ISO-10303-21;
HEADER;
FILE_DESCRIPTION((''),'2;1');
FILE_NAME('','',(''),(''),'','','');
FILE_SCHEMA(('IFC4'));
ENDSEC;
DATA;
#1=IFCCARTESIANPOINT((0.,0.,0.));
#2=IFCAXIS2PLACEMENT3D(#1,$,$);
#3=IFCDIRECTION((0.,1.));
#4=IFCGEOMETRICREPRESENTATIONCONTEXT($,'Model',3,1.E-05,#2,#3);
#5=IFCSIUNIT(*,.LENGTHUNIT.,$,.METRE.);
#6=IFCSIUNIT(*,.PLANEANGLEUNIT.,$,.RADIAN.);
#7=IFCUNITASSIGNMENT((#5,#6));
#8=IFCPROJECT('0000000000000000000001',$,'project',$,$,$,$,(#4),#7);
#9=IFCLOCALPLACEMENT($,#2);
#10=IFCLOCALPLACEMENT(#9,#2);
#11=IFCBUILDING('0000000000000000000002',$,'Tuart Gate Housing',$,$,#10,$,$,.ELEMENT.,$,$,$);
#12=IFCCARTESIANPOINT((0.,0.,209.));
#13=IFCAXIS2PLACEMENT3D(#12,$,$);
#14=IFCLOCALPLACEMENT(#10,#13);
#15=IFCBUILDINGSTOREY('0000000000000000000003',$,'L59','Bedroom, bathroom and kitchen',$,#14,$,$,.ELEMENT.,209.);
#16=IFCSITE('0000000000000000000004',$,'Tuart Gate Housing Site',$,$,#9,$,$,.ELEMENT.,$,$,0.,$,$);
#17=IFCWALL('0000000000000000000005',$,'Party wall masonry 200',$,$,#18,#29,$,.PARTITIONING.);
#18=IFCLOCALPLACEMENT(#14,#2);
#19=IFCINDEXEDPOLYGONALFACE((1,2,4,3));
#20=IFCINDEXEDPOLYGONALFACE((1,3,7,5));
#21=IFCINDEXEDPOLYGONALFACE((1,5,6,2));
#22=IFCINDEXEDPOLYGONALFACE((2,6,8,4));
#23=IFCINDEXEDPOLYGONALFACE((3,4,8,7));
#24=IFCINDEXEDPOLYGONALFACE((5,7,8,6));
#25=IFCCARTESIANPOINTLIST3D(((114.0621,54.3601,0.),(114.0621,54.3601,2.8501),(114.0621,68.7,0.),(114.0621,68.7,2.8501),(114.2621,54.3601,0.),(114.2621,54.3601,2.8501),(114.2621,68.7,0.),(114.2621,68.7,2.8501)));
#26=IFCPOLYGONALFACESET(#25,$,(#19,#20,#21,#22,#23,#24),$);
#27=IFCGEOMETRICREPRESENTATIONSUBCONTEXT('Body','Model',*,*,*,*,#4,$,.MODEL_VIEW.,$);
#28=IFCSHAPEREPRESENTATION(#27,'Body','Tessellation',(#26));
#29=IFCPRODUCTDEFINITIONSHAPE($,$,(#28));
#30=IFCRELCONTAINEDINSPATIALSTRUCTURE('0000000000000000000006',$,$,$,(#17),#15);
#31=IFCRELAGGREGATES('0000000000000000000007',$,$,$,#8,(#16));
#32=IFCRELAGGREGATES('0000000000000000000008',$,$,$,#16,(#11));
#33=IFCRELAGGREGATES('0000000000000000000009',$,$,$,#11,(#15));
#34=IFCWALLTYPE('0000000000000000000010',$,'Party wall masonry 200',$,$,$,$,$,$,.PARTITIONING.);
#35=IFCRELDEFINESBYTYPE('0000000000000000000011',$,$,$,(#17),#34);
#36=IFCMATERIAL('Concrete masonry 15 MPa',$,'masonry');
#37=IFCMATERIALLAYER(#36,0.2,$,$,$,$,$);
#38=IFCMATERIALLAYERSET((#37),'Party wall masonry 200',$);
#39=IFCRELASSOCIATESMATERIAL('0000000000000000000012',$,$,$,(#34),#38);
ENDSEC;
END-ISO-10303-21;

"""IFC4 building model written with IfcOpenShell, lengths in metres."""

from ifc_helpers import new_model, si_unit, direction, frame, frame_2d, origin, place, context, subcontext, project, spatial, rectangle, extrude, material, layer, layer_set, type_object, element, save


model = new_model("IFC4")

# Units and contexts
model_context = context("Model", 3, precision=1e-05, world=origin(), true_north=direction((0.0, 1.0)))
body_context = subcontext(model_context, "Body", "Model", "MODEL_VIEW")
ifc_project = project(units=[si_unit("LENGTHUNIT", "METRE"), si_unit("PLANEANGLEUNIT", "RADIAN")], contexts=[model_context])

# Site, building, storey
site_placement = place(None, origin())
site = spatial("IfcSite", under=ifc_project, at=site_placement, Name="Tuart Gate Housing Site", CompositionType="ELEMENT", RefElevation=0.0)
building_placement = place(site_placement, origin())
building = spatial("IfcBuilding", under=site, at=building_placement, Name="Tuart Gate Housing", CompositionType="ELEMENT")
storey_placement = place(building_placement, frame((0.0, 0.0, 209.0)))
storey = spatial("IfcBuildingStorey", under=building, at=storey_placement, Name="L59", Description="Bedroom, bathroom and kitchen", CompositionType="ELEMENT", Elevation=209.0)

# Wall
ifc_material_1 = material(Name="Concrete masonry 15 MPa", Category="masonry")
ifc_layer_1 = layer(ifc_material_1, 0.2)
ifc_layer_set_1 = layer_set([ifc_layer_1], Name="Party wall masonry 200")
wall_type_1 = type_object("IfcWallType", Name="Party wall masonry 200", PredefinedType="PARTITIONING", material=ifc_layer_set_1)
for number, where, z_axis, x_axis, name in (
    (1, (114.1621, 54.3601, 0.0), (0.0, 0.0, 1.0), (0.0, 1.0, 0.0), "Party wall masonry 200"),
):
    element("IfcWall", number, at=place(storey_placement, frame(where, z_axis=z_axis, x_axis=x_axis)), inside=storey, type_object=wall_type_1, Name=name, PredefinedType="PARTITIONING", context=body_context, shape_type="SweptSolid", body=[
        extrude(rectangle(XDim=14.3398, YDim=0.2, at=frame_2d((7.1699, 0.0))), origin(), (0.0, 0.0, 1.0), 2.8501),
    ])

save(model, "model.ifc")
